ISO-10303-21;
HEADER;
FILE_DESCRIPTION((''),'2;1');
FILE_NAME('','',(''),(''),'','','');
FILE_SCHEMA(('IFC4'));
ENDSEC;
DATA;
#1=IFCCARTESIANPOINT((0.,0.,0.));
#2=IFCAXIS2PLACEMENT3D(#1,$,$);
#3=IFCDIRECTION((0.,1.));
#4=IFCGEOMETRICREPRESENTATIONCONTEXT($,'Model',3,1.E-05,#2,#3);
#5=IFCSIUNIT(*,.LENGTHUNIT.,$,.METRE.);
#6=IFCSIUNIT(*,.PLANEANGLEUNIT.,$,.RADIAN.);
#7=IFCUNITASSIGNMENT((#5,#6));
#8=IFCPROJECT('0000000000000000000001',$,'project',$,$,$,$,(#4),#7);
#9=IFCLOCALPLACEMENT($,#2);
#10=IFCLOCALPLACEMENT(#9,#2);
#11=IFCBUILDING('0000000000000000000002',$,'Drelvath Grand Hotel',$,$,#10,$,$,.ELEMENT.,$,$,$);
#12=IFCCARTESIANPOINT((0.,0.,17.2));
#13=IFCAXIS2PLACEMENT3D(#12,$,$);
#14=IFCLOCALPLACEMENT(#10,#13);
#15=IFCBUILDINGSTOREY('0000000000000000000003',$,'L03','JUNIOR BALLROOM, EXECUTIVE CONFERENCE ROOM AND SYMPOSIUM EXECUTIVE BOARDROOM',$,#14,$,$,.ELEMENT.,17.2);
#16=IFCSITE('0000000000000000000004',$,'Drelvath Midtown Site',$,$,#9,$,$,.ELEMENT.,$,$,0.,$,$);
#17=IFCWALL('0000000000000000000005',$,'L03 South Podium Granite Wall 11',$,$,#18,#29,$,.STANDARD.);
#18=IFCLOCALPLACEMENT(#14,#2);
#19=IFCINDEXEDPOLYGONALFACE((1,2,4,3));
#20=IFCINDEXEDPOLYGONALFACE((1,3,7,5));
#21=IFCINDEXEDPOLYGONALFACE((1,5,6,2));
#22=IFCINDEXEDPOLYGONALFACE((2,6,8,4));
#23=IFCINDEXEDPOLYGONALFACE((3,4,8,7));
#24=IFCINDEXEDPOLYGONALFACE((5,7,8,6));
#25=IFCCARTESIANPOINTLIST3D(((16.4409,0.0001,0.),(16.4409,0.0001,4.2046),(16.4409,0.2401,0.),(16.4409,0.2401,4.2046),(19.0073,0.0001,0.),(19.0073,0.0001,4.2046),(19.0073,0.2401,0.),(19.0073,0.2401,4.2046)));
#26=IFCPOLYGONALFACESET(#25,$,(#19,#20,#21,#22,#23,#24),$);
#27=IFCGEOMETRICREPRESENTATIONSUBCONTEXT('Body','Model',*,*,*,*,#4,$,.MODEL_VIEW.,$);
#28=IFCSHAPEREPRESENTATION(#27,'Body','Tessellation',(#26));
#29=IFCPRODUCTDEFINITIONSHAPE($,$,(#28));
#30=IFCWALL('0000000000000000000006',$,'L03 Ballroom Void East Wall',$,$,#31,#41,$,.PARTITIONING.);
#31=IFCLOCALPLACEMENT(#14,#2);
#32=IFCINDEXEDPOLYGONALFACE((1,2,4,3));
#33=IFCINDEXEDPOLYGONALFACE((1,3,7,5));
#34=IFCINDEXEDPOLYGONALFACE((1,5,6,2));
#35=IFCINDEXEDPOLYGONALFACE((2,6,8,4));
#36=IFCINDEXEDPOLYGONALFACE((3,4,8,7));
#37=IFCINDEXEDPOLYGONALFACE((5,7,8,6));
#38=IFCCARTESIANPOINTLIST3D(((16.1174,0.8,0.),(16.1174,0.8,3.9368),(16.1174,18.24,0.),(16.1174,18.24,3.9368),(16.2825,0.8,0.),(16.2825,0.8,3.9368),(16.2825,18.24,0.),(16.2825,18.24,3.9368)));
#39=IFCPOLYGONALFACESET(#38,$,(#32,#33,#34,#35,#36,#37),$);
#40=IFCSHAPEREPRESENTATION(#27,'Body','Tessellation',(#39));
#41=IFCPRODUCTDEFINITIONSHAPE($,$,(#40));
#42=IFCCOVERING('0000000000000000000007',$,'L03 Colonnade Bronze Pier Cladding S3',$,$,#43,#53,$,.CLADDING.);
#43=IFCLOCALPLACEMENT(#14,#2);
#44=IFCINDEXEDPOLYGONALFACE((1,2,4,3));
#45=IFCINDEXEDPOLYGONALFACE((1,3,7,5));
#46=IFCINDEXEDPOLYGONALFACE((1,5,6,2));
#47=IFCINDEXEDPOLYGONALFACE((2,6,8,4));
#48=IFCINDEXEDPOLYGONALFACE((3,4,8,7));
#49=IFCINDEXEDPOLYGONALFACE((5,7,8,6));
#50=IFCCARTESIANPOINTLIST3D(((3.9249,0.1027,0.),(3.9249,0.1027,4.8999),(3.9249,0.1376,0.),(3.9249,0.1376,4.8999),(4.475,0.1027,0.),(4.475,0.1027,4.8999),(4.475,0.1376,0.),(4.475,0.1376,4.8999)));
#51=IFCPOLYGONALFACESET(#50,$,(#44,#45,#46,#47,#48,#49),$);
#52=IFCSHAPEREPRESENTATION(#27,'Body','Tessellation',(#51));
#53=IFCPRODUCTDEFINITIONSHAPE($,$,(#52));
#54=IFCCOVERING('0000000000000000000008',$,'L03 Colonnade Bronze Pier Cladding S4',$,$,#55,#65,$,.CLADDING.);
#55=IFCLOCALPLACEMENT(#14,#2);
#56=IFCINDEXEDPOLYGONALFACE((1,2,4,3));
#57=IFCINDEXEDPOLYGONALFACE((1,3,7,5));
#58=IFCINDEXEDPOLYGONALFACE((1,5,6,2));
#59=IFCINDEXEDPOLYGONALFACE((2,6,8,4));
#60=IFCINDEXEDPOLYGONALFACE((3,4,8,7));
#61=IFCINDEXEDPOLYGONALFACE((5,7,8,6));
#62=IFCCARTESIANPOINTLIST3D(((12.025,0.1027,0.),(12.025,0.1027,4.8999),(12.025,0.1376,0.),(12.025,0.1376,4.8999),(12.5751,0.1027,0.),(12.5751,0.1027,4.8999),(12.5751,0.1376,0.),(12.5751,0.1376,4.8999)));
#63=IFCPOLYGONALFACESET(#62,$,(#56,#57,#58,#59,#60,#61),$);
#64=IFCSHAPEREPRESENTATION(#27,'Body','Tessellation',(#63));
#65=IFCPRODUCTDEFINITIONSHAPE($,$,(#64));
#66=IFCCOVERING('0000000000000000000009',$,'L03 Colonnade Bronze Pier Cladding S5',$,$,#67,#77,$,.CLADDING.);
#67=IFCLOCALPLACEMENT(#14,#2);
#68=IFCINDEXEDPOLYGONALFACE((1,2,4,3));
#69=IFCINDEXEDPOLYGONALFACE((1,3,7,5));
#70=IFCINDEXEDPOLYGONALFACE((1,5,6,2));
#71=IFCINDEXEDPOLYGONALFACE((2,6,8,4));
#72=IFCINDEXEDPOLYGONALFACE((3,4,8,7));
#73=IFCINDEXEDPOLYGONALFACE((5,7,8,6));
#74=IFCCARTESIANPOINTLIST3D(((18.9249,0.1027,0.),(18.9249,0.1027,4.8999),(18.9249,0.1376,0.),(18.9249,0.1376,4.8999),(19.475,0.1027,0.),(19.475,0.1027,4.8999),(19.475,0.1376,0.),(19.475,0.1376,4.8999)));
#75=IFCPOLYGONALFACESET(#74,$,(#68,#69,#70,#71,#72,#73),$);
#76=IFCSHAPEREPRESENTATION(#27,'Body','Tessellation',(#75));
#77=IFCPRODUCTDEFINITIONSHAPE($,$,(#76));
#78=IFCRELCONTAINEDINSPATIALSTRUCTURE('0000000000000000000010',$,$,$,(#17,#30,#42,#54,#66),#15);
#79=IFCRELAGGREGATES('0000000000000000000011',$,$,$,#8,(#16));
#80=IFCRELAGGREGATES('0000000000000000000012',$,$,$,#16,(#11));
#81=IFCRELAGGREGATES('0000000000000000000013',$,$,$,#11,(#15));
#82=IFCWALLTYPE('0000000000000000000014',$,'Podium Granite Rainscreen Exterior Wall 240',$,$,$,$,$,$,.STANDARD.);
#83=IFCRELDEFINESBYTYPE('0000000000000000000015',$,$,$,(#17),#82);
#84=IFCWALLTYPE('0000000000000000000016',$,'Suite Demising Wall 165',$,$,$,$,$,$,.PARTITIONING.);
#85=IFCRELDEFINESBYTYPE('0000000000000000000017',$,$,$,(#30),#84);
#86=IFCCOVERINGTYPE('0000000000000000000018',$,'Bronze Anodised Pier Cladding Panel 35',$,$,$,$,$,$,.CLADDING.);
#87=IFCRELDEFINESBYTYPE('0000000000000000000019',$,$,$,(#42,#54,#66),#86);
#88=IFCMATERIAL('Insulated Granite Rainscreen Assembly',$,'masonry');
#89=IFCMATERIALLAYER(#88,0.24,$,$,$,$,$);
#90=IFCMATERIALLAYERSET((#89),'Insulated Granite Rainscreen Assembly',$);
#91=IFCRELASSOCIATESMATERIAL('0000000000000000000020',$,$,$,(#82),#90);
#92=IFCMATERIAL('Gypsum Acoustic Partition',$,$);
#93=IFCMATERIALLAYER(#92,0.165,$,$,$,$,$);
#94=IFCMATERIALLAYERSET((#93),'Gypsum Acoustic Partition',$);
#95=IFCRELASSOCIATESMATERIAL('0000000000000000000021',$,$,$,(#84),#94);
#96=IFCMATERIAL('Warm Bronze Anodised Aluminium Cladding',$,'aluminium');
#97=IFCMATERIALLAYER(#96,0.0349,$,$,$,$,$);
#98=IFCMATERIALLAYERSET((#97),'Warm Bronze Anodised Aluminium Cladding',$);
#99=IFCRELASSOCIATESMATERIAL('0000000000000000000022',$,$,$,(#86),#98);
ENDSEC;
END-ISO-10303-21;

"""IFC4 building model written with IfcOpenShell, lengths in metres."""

from ifc_helpers import new_model, si_unit, direction, frame, frame_2d, origin, origin_2d, place, context, subcontext, project, spatial, rectangle, extrude, material, layer, layer_set, type_object, element, save


model = new_model("IFC4")

# Units and contexts
model_context = context("Model", 3, precision=1e-05, world=origin(), true_north=direction((0.0, 1.0)))
body_context = subcontext(model_context, "Body", "Model", "MODEL_VIEW")
ifc_project = project(units=[si_unit("LENGTHUNIT", "METRE"), si_unit("PLANEANGLEUNIT", "RADIAN")], contexts=[model_context])

# Site, building, storey
site_placement = place(None, origin())
site = spatial("IfcSite", under=ifc_project, at=site_placement, Name="Drelvath Midtown Site", CompositionType="ELEMENT", RefElevation=0.0)
building_placement = place(site_placement, origin())
building = spatial("IfcBuilding", under=site, at=building_placement, Name="Drelvath Grand Hotel", CompositionType="ELEMENT")
storey_placement = place(building_placement, frame((0.0, 0.0, 17.2)))
storey = spatial("IfcBuildingStorey", under=building, at=storey_placement, Name="L03", Description="JUNIOR BALLROOM, EXECUTIVE CONFERENCE ROOM AND SYMPOSIUM EXECUTIVE BOARDROOM", CompositionType="ELEMENT", Elevation=17.2)

# Shared definitions
ifc_material_1 = material(Name="Insulated Granite Rainscreen Assembly", Category="masonry")
ifc_layer_1 = layer(ifc_material_1, 0.24)
ifc_layer_set_1 = layer_set([ifc_layer_1], Name="Insulated Granite Rainscreen Assembly")
wall_type_1 = type_object("IfcWallType", Name="Podium Granite Rainscreen Exterior Wall 240", PredefinedType="STANDARD", material=ifc_layer_set_1)

# Walls
wall_1_placement = place(storey_placement, frame((19.0073, 0.1201, 0.0), z_axis=(0.0, 0.0, 1.0), x_axis=(-1.0, 0.0, 0.0)))
element("IfcWall", 1, at=wall_1_placement, inside=storey, type_object=wall_type_1, Name="L03 South Podium Granite Wall 11", PredefinedType="STANDARD", context=body_context, shape_type="SweptSolid", body=[
    extrude(rectangle(XDim=2.5664, YDim=0.24, at=frame_2d((1.2832, 0.0))), origin(), (0.0, 0.0, 1.0), 4.2046),
])
ifc_material_2 = material(Name="Gypsum Acoustic Partition")
ifc_layer_2 = layer(ifc_material_2, 0.165)
ifc_layer_set_2 = layer_set([ifc_layer_2], Name="Gypsum Acoustic Partition")
wall_type_2 = type_object("IfcWallType", Name="Suite Demising Wall 165", PredefinedType="PARTITIONING", material=ifc_layer_set_2)
wall_2_placement = place(storey_placement, frame((16.2, 0.8, 0.0), z_axis=(0.0, 0.0, 1.0), x_axis=(0.0, 1.0, 0.0)))
element("IfcWall", 2, at=wall_2_placement, inside=storey, type_object=wall_type_2, Name="L03 Ballroom Void East Wall", PredefinedType="PARTITIONING", context=body_context, shape_type="SweptSolid", body=[
    extrude(rectangle(XDim=17.4399, YDim=0.165, at=frame_2d((8.72, 0.0))), origin(), (0.0, 0.0, 1.0), 3.9368),
])

# Coverings
ifc_material_3 = material(Name="Warm Bronze Anodised Aluminium Cladding", Category="aluminium")
ifc_layer_3 = layer(ifc_material_3, 0.0349)
ifc_layer_set_3 = layer_set([ifc_layer_3], Name="Warm Bronze Anodised Aluminium Cladding")
covering_type = type_object("IfcCoveringType", Name="Bronze Anodised Pier Cladding Panel 35", PredefinedType="CLADDING", material=ifc_layer_set_3)
for number, where, z_axis, x_axis, name in (
    (3, (4.2, 0.1201, 0.0), (0.0, 0.0, 1.0), (1.0, 0.0, 0.0), "L03 Colonnade Bronze Pier Cladding S3"),
    (4, (12.3, 0.1201, 0.0), (0.0, 0.0, 1.0), (1.0, 0.0, 0.0), "L03 Colonnade Bronze Pier Cladding S4"),
    (5, (19.2, 0.1201, 0.0), (0.0, 0.0, 1.0), (1.0, 0.0, 0.0), "L03 Colonnade Bronze Pier Cladding S5"),
):
    element("IfcCovering", number, at=place(storey_placement, frame(where, z_axis=z_axis, x_axis=x_axis)), inside=storey, type_object=covering_type, Name=name, PredefinedType="CLADDING", context=body_context, shape_type="SweptSolid", body=[
        extrude(rectangle(XDim=0.55, YDim=0.0349, at=origin_2d()), origin(), (0.0, 0.0, 1.0), 4.8999),
    ])

save(model, "model.ifc")
